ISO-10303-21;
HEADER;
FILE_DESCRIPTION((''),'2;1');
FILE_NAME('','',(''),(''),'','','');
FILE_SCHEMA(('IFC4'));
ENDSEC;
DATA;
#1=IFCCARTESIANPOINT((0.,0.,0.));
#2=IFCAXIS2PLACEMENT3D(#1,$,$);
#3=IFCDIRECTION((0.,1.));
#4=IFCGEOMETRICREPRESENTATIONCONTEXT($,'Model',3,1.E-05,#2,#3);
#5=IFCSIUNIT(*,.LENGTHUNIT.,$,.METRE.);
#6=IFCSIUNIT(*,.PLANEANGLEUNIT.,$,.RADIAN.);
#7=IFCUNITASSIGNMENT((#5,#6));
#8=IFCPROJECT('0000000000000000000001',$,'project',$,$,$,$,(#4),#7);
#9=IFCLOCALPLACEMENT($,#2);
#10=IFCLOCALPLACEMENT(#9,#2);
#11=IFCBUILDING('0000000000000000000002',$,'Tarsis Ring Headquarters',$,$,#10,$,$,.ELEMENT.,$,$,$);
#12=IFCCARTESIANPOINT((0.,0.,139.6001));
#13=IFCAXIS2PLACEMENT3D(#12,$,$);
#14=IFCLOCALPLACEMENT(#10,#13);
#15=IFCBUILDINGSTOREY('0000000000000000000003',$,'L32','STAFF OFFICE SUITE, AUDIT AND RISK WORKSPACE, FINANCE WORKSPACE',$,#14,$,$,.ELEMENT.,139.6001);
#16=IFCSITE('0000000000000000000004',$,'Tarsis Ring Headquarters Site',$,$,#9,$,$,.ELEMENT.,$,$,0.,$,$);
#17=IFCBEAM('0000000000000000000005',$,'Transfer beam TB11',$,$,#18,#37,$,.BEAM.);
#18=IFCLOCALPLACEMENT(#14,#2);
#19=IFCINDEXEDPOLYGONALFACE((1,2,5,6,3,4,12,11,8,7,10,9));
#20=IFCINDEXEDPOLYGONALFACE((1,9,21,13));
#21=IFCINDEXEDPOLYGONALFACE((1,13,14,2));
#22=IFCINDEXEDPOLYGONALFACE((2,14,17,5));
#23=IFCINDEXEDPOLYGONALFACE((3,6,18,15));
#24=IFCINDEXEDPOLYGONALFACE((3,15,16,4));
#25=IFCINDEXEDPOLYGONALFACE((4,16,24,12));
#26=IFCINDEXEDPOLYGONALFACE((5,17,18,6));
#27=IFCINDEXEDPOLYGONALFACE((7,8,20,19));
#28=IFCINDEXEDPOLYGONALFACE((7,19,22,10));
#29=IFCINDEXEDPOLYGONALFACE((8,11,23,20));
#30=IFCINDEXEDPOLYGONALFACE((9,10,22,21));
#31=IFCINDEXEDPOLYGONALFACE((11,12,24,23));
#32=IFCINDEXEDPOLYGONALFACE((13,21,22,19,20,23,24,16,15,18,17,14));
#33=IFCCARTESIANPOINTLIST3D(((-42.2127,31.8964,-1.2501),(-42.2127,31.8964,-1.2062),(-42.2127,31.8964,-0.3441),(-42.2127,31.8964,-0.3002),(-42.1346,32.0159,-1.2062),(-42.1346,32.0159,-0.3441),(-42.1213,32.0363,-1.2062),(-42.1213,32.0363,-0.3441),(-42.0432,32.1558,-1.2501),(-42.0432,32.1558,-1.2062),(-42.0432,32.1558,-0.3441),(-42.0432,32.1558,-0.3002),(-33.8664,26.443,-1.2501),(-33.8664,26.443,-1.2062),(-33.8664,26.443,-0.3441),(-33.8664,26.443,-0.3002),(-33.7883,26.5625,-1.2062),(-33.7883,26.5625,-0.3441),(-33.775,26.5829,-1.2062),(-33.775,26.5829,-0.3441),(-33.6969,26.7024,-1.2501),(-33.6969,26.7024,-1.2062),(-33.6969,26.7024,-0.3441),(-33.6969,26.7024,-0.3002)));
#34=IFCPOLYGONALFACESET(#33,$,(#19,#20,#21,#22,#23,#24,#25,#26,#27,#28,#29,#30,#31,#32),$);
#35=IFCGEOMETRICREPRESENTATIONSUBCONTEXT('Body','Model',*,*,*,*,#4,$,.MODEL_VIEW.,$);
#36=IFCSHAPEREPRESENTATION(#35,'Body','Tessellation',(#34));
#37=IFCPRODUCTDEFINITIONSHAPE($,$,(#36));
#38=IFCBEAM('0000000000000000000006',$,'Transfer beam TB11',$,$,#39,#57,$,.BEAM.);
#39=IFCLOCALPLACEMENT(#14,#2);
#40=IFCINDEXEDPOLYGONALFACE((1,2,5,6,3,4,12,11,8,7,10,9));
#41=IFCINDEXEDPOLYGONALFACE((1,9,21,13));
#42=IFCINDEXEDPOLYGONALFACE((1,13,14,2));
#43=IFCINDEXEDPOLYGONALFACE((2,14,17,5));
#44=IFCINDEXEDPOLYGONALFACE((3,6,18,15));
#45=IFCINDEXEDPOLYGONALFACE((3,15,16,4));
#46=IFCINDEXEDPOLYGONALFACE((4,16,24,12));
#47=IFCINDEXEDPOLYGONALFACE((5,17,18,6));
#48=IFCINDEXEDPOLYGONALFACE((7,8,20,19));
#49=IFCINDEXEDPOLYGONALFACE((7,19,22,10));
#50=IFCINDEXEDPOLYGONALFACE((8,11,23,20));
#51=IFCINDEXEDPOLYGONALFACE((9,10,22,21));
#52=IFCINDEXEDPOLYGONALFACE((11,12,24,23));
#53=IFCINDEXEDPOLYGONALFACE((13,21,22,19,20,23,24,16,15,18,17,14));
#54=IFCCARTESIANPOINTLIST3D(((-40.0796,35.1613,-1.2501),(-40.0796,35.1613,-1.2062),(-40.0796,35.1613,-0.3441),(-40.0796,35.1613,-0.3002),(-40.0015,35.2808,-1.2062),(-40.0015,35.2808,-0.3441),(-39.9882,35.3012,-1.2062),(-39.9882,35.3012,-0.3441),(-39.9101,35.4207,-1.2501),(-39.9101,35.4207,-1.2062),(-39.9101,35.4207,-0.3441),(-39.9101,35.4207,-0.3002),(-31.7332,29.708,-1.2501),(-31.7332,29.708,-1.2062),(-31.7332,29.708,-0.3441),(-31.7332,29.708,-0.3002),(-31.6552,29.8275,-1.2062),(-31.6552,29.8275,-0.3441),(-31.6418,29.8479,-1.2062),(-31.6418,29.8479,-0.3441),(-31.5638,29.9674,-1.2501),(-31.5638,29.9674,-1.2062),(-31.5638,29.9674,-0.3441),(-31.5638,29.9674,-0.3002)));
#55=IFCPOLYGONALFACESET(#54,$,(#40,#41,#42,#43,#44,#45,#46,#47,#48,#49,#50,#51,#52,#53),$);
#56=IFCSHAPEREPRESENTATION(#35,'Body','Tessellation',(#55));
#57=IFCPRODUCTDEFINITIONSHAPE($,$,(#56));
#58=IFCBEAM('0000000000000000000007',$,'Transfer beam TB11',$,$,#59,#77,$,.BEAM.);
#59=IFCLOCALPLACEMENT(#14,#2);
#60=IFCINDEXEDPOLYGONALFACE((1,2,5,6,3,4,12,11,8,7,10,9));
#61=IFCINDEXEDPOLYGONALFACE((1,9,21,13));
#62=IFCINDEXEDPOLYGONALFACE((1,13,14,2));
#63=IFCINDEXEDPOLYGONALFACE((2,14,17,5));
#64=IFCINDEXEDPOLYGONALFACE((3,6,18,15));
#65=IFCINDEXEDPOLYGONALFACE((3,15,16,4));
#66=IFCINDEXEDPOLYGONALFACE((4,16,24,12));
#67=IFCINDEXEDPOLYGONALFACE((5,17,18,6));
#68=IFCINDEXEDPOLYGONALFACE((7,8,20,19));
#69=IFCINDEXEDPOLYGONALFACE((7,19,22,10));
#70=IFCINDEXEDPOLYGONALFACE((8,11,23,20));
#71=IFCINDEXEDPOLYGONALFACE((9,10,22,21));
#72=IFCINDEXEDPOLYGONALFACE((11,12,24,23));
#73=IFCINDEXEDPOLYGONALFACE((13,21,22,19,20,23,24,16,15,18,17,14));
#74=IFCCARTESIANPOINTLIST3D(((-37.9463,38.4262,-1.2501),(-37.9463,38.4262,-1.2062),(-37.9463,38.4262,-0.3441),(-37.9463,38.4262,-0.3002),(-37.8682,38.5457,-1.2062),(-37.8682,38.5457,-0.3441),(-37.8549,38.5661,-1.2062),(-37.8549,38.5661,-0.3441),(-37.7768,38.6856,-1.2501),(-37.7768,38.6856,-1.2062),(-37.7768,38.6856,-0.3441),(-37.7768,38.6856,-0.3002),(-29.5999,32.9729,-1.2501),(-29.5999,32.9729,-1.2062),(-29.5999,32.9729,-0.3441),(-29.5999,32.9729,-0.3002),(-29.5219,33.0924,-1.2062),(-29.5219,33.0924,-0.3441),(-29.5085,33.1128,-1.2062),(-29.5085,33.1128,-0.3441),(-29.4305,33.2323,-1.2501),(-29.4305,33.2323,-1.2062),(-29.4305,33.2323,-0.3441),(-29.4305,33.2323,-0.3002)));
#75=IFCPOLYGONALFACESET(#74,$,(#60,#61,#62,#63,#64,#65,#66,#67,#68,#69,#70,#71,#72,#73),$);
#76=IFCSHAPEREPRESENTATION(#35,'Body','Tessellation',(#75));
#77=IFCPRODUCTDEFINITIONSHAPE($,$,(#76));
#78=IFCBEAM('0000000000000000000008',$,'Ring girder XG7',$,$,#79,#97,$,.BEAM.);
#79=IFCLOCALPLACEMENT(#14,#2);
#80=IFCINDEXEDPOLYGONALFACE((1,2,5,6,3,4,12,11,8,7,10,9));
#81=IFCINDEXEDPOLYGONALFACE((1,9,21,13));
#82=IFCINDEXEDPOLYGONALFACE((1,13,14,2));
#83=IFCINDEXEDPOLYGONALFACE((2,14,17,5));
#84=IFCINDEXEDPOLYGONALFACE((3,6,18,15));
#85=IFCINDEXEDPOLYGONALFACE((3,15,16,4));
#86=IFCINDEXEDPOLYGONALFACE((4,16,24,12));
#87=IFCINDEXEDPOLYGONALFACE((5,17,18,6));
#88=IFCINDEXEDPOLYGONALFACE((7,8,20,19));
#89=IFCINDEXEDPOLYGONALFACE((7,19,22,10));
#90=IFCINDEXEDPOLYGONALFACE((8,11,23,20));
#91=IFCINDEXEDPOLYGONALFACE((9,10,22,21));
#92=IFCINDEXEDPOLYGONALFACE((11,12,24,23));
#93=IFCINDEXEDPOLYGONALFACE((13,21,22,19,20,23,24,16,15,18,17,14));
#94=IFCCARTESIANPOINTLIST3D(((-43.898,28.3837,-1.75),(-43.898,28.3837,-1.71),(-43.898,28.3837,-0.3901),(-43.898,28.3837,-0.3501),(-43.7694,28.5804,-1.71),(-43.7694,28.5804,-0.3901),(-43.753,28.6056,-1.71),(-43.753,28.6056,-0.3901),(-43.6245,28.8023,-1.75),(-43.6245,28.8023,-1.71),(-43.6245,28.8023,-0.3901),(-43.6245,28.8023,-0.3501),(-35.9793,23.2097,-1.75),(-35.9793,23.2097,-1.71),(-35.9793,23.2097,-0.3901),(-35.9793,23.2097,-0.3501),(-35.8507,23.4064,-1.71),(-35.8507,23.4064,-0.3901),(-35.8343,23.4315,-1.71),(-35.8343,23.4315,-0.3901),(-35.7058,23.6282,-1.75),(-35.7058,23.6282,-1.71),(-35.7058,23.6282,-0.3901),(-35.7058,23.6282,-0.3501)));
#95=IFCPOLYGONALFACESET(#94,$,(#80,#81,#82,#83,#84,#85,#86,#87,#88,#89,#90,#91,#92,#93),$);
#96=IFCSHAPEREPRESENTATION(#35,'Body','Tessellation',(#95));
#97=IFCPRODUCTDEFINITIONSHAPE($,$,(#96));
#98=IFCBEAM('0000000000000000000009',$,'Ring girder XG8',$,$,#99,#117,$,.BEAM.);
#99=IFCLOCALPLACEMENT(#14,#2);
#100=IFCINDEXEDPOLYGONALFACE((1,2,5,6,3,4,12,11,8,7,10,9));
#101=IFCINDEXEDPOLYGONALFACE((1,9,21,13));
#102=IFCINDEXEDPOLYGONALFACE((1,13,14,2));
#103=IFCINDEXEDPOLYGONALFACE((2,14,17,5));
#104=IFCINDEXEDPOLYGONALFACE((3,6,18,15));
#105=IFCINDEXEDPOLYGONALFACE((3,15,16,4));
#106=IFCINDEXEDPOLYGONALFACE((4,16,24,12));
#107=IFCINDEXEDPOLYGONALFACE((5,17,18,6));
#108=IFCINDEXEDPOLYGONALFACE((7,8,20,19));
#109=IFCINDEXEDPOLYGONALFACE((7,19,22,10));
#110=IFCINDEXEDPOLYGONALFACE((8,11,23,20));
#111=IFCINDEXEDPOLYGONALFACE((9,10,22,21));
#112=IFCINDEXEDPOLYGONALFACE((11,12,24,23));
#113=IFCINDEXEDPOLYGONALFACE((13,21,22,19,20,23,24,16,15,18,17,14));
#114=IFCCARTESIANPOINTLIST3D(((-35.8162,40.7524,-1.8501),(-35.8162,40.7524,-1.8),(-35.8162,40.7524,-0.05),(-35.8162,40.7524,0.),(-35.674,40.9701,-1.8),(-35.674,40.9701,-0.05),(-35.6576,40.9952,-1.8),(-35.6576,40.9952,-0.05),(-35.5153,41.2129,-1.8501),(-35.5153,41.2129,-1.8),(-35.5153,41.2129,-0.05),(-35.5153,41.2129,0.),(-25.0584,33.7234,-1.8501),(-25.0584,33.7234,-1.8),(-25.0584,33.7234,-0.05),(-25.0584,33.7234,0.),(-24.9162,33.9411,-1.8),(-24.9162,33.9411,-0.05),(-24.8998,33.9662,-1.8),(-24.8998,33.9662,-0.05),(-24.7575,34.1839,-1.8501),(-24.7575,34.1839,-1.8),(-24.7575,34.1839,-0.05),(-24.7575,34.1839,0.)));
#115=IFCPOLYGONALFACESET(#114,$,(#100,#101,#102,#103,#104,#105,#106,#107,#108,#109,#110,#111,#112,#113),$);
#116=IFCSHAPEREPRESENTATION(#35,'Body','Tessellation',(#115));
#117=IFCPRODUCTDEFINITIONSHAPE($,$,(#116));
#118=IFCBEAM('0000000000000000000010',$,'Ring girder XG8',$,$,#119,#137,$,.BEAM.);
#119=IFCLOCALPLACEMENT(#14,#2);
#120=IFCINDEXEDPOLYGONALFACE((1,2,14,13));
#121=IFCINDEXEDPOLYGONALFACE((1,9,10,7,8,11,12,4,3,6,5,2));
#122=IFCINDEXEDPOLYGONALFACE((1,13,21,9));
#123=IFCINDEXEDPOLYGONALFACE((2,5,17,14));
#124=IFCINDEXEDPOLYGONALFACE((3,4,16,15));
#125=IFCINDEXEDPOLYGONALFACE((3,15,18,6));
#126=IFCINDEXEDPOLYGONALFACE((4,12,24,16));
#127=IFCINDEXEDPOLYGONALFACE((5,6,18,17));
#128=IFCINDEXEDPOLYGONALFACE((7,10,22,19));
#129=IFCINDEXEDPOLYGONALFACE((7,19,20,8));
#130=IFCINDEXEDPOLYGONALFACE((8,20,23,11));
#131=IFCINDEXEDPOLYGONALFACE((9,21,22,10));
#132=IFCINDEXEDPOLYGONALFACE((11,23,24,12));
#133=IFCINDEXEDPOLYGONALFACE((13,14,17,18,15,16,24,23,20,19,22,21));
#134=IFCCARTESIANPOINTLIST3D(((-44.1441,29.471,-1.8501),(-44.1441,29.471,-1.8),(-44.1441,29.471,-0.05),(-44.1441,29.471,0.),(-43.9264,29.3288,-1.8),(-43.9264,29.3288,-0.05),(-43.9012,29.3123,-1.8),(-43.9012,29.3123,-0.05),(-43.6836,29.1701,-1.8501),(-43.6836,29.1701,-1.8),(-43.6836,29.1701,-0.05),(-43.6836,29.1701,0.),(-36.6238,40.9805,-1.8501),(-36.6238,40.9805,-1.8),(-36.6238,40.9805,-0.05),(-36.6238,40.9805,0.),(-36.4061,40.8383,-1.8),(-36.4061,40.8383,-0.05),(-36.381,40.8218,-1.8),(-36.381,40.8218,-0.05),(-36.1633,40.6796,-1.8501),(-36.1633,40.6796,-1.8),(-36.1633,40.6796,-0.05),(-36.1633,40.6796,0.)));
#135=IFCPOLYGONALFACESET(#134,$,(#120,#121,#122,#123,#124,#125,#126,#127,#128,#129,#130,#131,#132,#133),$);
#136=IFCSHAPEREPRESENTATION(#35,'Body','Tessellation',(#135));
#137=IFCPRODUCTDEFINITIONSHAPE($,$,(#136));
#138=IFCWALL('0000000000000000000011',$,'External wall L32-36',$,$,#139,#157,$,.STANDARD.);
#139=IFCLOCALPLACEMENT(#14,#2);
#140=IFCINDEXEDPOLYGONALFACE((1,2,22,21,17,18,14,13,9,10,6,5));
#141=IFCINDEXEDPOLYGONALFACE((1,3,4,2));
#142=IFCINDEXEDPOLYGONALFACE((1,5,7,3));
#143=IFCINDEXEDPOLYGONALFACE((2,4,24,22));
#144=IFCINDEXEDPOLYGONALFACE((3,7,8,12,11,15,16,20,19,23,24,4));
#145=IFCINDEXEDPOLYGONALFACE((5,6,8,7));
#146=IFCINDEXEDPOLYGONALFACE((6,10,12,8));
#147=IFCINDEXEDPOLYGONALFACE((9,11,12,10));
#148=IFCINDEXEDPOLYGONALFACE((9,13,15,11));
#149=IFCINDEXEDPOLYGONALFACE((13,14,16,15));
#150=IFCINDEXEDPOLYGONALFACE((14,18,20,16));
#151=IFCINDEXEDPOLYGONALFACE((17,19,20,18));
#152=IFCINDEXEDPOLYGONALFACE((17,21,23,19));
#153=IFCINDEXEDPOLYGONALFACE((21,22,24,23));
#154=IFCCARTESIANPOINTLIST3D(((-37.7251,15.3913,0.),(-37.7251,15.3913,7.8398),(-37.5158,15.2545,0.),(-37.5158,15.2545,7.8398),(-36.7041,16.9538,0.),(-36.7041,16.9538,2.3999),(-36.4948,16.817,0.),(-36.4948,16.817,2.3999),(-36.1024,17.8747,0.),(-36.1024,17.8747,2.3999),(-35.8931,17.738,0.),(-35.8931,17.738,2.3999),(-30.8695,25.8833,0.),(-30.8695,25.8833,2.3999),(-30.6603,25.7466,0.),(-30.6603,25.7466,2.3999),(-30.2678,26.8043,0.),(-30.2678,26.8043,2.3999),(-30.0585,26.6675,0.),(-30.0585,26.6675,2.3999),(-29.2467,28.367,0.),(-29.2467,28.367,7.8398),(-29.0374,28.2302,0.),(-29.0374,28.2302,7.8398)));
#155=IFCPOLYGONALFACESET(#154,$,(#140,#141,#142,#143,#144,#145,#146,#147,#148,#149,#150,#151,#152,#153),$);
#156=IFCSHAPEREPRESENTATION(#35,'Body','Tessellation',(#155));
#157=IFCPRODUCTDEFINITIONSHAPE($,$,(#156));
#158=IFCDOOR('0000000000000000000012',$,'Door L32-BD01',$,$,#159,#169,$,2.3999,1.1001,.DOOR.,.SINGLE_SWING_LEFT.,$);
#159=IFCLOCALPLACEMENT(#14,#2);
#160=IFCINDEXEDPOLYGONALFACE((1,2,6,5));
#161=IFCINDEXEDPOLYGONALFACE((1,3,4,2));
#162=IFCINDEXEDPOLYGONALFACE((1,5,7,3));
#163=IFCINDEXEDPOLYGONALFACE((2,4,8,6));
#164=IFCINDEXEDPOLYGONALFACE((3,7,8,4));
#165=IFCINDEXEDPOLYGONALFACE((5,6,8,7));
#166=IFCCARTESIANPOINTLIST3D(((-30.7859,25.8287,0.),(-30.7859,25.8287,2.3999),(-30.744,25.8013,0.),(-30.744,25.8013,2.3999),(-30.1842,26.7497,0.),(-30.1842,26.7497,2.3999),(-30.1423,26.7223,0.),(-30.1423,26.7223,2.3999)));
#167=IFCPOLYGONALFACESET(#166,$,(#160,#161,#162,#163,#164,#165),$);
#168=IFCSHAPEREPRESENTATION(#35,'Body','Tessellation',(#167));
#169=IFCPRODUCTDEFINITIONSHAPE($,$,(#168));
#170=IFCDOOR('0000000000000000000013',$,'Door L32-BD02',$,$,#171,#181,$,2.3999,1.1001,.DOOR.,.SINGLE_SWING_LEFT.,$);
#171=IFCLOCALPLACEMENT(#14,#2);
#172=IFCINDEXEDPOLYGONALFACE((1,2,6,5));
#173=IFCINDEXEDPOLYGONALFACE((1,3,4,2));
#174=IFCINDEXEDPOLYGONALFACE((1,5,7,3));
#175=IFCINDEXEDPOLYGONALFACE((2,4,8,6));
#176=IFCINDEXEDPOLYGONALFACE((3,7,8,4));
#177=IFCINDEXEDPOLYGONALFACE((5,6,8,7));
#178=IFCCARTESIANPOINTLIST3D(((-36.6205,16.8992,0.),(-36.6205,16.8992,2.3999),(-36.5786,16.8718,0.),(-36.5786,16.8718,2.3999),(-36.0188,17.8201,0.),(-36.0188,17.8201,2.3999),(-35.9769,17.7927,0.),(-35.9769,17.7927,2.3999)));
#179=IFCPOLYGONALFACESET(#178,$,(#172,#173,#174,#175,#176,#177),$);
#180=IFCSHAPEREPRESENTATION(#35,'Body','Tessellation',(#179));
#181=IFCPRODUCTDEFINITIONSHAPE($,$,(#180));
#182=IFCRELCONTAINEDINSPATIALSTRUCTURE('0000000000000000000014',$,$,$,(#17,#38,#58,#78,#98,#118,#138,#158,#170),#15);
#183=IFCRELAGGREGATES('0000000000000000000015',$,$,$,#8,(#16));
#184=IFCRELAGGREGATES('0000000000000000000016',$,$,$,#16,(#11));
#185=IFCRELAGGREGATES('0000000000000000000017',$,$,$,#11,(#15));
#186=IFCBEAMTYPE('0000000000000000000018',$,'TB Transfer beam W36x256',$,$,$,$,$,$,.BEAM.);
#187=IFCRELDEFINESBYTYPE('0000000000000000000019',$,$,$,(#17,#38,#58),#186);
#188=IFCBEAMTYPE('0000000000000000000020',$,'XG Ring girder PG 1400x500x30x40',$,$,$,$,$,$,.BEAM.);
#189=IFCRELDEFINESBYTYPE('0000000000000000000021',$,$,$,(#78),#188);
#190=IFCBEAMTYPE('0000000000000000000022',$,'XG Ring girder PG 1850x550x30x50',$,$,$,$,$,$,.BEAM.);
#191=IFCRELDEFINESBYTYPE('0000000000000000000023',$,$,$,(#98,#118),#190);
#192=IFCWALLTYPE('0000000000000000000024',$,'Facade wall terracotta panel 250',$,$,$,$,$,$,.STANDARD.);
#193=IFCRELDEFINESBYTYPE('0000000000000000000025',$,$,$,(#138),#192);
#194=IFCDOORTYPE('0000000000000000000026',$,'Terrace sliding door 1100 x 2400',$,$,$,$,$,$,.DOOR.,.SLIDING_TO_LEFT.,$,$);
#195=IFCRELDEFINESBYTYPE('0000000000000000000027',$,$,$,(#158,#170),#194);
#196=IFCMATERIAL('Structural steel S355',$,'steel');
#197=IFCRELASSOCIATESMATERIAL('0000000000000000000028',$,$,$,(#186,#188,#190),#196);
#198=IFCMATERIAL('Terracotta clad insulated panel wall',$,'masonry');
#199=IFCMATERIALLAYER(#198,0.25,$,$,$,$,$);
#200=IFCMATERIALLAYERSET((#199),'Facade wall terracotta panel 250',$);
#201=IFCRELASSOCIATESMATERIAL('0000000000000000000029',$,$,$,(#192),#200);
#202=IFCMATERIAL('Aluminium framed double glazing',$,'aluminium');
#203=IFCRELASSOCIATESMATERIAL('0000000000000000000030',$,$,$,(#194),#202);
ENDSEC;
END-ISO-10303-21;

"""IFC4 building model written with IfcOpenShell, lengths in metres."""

from ifc_helpers import new_model, si_unit, direction, frame, frame_2d, origin, origin_2d, place, context, subcontext, project, spatial, rectangle, i_section, extrude, material, layer, layer_set, material_profile, profile_set, type_object, element, fill, save


model = new_model("IFC4")

# Units and contexts
model_context = context("Model", 3, precision=1e-05, world=origin(), true_north=direction((0.0, 1.0)))
body_context = subcontext(model_context, "Body", "Model", "MODEL_VIEW")
ifc_project = project(units=[si_unit("LENGTHUNIT", "METRE"), si_unit("PLANEANGLEUNIT", "RADIAN")], contexts=[model_context])

# Site, building, storey
site_placement = place(None, origin())
site = spatial("IfcSite", under=ifc_project, at=site_placement, Name="Tarsis Ring Headquarters Site", CompositionType="ELEMENT", RefElevation=0.0)
building_placement = place(site_placement, origin())
building = spatial("IfcBuilding", under=site, at=building_placement, Name="Tarsis Ring Headquarters", CompositionType="ELEMENT")
storey_placement = place(building_placement, frame((0.0, 0.0, 139.6001)))
storey = spatial("IfcBuildingStorey", under=building, at=storey_placement, Name="L32", Description="STAFF OFFICE SUITE, AUDIT AND RISK WORKSPACE, FINANCE WORKSPACE", CompositionType="ELEMENT", Elevation=139.6001)

# Beams
ifc_material_1 = material(Name="Structural steel S355", Category="steel")
ifc_material_profile_1 = material_profile(ifc_material_1, i_section(OverallWidth=0.3098, OverallDepth=0.95, WebThickness=0.0244, FlangeThickness=0.0439, at=origin_2d()), Name="W36x256")
ifc_profile_set_1 = profile_set([ifc_material_profile_1], Name="Structural steel S355")
beam_type_1 = type_object("IfcBeamType", Name="TB Transfer beam W36x256", PredefinedType="BEAM", material=ifc_profile_set_1)
for number, where, z_axis, x_axis, name in (
    (1, (-42.1279, 32.0261, -0.7751), (0.837142, -0.546985, 0.0), (0.546985, 0.837142, 0.0), "Transfer beam TB11"),
    (2, (-39.9949, 35.291, -0.7751), (0.837149, -0.546974, 0.0), (0.546974, 0.837149, 0.0), "Transfer beam TB11"),
    (3, (-37.8616, 38.5559, -0.7751), (0.837149, -0.546974, 0.0), (0.546974, 0.837149, 0.0), "Transfer beam TB11"),
):
    element("IfcBeam", number, at=place(storey_placement, frame(where, z_axis=z_axis, x_axis=x_axis)), inside=storey, type_object=beam_type_1, Name=name, PredefinedType="BEAM", context=body_context, shape_type="SweptSolid", body=[
        extrude(i_section(OverallWidth=0.3098, OverallDepth=0.95, WebThickness=0.0244, FlangeThickness=0.0439, at=origin_2d()), origin(), (0.0, 0.0, 1.0), 9.97),
    ])
ifc_material_profile_2 = material_profile(ifc_material_1, i_section(OverallWidth=0.5, OverallDepth=1.3999, WebThickness=0.03, FlangeThickness=0.04, at=origin_2d()), Name="PG 1400x500x30x40")
ifc_profile_set_2 = profile_set([ifc_material_profile_2], Name="Structural steel S355")
beam_type_2 = type_object("IfcBeamType", Name="XG Ring girder PG 1400x500x30x40", PredefinedType="BEAM", material=ifc_profile_set_2)
beam_1_placement = place(storey_placement, frame((-43.7612, 28.593, -1.05), z_axis=(0.837141, -0.546987, 0.0), x_axis=(0.546987, 0.837141, 0.0)))
element("IfcBeam", 4, at=beam_1_placement, inside=storey, type_object=beam_type_2, Name="Ring girder XG7", PredefinedType="BEAM", context=body_context, shape_type="SweptSolid", body=[
    extrude(i_section(OverallWidth=0.5, OverallDepth=1.3999, WebThickness=0.03, FlangeThickness=0.04, at=origin_2d()), origin(), (0.0, 0.0, 1.0), 9.4592),
])
ifc_material_profile_3 = material_profile(ifc_material_1, i_section(OverallWidth=0.55, OverallDepth=1.8501, WebThickness=0.03, FlangeThickness=0.05, at=origin_2d()), Name="PG 1850x550x30x50")
ifc_profile_set_3 = profile_set([ifc_material_profile_3], Name="Structural steel S355")
beam_type_3 = type_object("IfcBeamType", Name="XG Ring girder PG 1850x550x30x50", PredefinedType="BEAM", material=ifc_profile_set_3)
beam_2_placement = place(storey_placement, frame((-35.6658, 40.9827, -0.925), z_axis=(0.837144, -0.546982, 0.0), x_axis=(0.546982, 0.837144, 0.0)))
element("IfcBeam", 5, at=beam_2_placement, inside=storey, type_object=beam_type_3, Name="Ring girder XG8", PredefinedType="BEAM", context=body_context, shape_type="SweptSolid", body=[
    extrude(i_section(OverallWidth=0.55, OverallDepth=1.8501, WebThickness=0.03, FlangeThickness=0.05, at=origin_2d()), origin(), (0.0, 0.0, 1.0), 12.8506),
])
beam_3_placement = place(storey_placement, frame((-43.9138, 29.3206, -0.925), z_axis=(0.546985, 0.837143, 0.0), x_axis=(-0.837143, 0.546985, 0.0)))
element("IfcBeam", 6, at=beam_3_placement, inside=storey, type_object=beam_type_3, Name="Ring girder XG8", PredefinedType="BEAM", context=body_context, shape_type="SweptSolid", body=[
    extrude(i_section(OverallWidth=0.55, OverallDepth=1.8501, WebThickness=0.03, FlangeThickness=0.05, at=origin_2d()), origin(), (0.0, 0.0, 1.0), 13.7485),
])

# Wall, openings, doors
ifc_material_2 = material(Name="Terracotta clad insulated panel wall", Category="masonry")
ifc_layer = layer(ifc_material_2, 0.25)
ifc_layer_set = layer_set([ifc_layer], Name="Facade wall terracotta panel 250")
wall_type = type_object("IfcWallType", Name="Facade wall terracotta panel 250", PredefinedType="STANDARD", material=ifc_layer_set)
wall_placement = place(storey_placement, frame((-29.1421, 28.2986, 0.0), z_axis=(0.0, 0.0, 1.0), x_axis=(-0.546989, -0.83714, 0.0)))
wall = element("IfcWall", 7, at=wall_placement, inside=storey, type_object=wall_type, Name="External wall L32-36", PredefinedType="STANDARD", context=body_context, shape_type="SweptSolid", body=[
    extrude(rectangle(XDim=15.5, YDim=0.25, at=frame_2d((7.75, 0.0))), origin(), (0.0, 0.0, 1.0), 7.8398),
])
opening_1_placement = place(wall_placement, frame((1.8667, 0.0, 0.0)))
opening_1 = element("IfcOpeningElement", 8, at=opening_1_placement, cuts=wall, PredefinedType="OPENING", context=body_context, shape_type="SweptSolid", body=[
    extrude(rectangle(XDim=1.1001, YDim=2.3999, at=frame_2d((0.55, 1.2))), frame((0.0, 0.135, 0.0), z_axis=(0.0, -1.0, 0.0), x_axis=(1.0, 0.0, 0.0)), (0.0, 0.0, 1.0), 0.27),
])
opening_2_placement = place(wall_placement, frame((12.5334, 0.0, 0.0)))
opening_2 = element("IfcOpeningElement", 9, at=opening_2_placement, cuts=wall, PredefinedType="OPENING", context=body_context, shape_type="SweptSolid", body=[
    extrude(rectangle(XDim=1.1001, YDim=2.3999, at=frame_2d((0.55, 1.2))), frame((0.0, 0.135, 0.0), z_axis=(0.0, -1.0, 0.0), x_axis=(1.0, 0.0, 0.0)), (0.0, 0.0, 1.0), 0.27),
])
ifc_material_3 = material(Name="Aluminium framed double glazing", Category="aluminium")
door_type = type_object("IfcDoorType", Name="Terrace sliding door 1100 x 2400", OperationType="SLIDING_TO_LEFT", PredefinedType="DOOR", material=ifc_material_3)
door_1_placement = place(opening_1_placement, origin())
door_1 = element("IfcDoor", 10, at=door_1_placement, inside=storey, type_object=door_type, Name="Door L32-BD01", OperationType="SINGLE_SWING_LEFT", OverallHeight=2.3999, OverallWidth=1.1001, PredefinedType="DOOR", context=body_context, shape_type="SweptSolid", body=[
    extrude(rectangle(XDim=1.1001, YDim=2.3999, at=frame_2d((0.55, 1.2))), frame((0.0, 0.0249, 0.0), z_axis=(0.0, -1.0, 0.0), x_axis=(1.0, 0.0, 0.0)), (0.0, 0.0, 1.0), 0.05),
])
fill(opening_1, door_1)
door_2_placement = place(opening_2_placement, origin())
door_2 = element("IfcDoor", 11, at=door_2_placement, inside=storey, type_object=door_type, Name="Door L32-BD02", OperationType="SINGLE_SWING_LEFT", OverallHeight=2.3999, OverallWidth=1.1001, PredefinedType="DOOR", context=body_context, shape_type="SweptSolid", body=[
    extrude(rectangle(XDim=1.1001, YDim=2.3999, at=frame_2d((0.55, 1.2))), frame((0.0, 0.0249, 0.0), z_axis=(0.0, -1.0, 0.0), x_axis=(1.0, 0.0, 0.0)), (0.0, 0.0, 1.0), 0.05),
])
fill(opening_2, door_2)

save(model, "model.ifc")
